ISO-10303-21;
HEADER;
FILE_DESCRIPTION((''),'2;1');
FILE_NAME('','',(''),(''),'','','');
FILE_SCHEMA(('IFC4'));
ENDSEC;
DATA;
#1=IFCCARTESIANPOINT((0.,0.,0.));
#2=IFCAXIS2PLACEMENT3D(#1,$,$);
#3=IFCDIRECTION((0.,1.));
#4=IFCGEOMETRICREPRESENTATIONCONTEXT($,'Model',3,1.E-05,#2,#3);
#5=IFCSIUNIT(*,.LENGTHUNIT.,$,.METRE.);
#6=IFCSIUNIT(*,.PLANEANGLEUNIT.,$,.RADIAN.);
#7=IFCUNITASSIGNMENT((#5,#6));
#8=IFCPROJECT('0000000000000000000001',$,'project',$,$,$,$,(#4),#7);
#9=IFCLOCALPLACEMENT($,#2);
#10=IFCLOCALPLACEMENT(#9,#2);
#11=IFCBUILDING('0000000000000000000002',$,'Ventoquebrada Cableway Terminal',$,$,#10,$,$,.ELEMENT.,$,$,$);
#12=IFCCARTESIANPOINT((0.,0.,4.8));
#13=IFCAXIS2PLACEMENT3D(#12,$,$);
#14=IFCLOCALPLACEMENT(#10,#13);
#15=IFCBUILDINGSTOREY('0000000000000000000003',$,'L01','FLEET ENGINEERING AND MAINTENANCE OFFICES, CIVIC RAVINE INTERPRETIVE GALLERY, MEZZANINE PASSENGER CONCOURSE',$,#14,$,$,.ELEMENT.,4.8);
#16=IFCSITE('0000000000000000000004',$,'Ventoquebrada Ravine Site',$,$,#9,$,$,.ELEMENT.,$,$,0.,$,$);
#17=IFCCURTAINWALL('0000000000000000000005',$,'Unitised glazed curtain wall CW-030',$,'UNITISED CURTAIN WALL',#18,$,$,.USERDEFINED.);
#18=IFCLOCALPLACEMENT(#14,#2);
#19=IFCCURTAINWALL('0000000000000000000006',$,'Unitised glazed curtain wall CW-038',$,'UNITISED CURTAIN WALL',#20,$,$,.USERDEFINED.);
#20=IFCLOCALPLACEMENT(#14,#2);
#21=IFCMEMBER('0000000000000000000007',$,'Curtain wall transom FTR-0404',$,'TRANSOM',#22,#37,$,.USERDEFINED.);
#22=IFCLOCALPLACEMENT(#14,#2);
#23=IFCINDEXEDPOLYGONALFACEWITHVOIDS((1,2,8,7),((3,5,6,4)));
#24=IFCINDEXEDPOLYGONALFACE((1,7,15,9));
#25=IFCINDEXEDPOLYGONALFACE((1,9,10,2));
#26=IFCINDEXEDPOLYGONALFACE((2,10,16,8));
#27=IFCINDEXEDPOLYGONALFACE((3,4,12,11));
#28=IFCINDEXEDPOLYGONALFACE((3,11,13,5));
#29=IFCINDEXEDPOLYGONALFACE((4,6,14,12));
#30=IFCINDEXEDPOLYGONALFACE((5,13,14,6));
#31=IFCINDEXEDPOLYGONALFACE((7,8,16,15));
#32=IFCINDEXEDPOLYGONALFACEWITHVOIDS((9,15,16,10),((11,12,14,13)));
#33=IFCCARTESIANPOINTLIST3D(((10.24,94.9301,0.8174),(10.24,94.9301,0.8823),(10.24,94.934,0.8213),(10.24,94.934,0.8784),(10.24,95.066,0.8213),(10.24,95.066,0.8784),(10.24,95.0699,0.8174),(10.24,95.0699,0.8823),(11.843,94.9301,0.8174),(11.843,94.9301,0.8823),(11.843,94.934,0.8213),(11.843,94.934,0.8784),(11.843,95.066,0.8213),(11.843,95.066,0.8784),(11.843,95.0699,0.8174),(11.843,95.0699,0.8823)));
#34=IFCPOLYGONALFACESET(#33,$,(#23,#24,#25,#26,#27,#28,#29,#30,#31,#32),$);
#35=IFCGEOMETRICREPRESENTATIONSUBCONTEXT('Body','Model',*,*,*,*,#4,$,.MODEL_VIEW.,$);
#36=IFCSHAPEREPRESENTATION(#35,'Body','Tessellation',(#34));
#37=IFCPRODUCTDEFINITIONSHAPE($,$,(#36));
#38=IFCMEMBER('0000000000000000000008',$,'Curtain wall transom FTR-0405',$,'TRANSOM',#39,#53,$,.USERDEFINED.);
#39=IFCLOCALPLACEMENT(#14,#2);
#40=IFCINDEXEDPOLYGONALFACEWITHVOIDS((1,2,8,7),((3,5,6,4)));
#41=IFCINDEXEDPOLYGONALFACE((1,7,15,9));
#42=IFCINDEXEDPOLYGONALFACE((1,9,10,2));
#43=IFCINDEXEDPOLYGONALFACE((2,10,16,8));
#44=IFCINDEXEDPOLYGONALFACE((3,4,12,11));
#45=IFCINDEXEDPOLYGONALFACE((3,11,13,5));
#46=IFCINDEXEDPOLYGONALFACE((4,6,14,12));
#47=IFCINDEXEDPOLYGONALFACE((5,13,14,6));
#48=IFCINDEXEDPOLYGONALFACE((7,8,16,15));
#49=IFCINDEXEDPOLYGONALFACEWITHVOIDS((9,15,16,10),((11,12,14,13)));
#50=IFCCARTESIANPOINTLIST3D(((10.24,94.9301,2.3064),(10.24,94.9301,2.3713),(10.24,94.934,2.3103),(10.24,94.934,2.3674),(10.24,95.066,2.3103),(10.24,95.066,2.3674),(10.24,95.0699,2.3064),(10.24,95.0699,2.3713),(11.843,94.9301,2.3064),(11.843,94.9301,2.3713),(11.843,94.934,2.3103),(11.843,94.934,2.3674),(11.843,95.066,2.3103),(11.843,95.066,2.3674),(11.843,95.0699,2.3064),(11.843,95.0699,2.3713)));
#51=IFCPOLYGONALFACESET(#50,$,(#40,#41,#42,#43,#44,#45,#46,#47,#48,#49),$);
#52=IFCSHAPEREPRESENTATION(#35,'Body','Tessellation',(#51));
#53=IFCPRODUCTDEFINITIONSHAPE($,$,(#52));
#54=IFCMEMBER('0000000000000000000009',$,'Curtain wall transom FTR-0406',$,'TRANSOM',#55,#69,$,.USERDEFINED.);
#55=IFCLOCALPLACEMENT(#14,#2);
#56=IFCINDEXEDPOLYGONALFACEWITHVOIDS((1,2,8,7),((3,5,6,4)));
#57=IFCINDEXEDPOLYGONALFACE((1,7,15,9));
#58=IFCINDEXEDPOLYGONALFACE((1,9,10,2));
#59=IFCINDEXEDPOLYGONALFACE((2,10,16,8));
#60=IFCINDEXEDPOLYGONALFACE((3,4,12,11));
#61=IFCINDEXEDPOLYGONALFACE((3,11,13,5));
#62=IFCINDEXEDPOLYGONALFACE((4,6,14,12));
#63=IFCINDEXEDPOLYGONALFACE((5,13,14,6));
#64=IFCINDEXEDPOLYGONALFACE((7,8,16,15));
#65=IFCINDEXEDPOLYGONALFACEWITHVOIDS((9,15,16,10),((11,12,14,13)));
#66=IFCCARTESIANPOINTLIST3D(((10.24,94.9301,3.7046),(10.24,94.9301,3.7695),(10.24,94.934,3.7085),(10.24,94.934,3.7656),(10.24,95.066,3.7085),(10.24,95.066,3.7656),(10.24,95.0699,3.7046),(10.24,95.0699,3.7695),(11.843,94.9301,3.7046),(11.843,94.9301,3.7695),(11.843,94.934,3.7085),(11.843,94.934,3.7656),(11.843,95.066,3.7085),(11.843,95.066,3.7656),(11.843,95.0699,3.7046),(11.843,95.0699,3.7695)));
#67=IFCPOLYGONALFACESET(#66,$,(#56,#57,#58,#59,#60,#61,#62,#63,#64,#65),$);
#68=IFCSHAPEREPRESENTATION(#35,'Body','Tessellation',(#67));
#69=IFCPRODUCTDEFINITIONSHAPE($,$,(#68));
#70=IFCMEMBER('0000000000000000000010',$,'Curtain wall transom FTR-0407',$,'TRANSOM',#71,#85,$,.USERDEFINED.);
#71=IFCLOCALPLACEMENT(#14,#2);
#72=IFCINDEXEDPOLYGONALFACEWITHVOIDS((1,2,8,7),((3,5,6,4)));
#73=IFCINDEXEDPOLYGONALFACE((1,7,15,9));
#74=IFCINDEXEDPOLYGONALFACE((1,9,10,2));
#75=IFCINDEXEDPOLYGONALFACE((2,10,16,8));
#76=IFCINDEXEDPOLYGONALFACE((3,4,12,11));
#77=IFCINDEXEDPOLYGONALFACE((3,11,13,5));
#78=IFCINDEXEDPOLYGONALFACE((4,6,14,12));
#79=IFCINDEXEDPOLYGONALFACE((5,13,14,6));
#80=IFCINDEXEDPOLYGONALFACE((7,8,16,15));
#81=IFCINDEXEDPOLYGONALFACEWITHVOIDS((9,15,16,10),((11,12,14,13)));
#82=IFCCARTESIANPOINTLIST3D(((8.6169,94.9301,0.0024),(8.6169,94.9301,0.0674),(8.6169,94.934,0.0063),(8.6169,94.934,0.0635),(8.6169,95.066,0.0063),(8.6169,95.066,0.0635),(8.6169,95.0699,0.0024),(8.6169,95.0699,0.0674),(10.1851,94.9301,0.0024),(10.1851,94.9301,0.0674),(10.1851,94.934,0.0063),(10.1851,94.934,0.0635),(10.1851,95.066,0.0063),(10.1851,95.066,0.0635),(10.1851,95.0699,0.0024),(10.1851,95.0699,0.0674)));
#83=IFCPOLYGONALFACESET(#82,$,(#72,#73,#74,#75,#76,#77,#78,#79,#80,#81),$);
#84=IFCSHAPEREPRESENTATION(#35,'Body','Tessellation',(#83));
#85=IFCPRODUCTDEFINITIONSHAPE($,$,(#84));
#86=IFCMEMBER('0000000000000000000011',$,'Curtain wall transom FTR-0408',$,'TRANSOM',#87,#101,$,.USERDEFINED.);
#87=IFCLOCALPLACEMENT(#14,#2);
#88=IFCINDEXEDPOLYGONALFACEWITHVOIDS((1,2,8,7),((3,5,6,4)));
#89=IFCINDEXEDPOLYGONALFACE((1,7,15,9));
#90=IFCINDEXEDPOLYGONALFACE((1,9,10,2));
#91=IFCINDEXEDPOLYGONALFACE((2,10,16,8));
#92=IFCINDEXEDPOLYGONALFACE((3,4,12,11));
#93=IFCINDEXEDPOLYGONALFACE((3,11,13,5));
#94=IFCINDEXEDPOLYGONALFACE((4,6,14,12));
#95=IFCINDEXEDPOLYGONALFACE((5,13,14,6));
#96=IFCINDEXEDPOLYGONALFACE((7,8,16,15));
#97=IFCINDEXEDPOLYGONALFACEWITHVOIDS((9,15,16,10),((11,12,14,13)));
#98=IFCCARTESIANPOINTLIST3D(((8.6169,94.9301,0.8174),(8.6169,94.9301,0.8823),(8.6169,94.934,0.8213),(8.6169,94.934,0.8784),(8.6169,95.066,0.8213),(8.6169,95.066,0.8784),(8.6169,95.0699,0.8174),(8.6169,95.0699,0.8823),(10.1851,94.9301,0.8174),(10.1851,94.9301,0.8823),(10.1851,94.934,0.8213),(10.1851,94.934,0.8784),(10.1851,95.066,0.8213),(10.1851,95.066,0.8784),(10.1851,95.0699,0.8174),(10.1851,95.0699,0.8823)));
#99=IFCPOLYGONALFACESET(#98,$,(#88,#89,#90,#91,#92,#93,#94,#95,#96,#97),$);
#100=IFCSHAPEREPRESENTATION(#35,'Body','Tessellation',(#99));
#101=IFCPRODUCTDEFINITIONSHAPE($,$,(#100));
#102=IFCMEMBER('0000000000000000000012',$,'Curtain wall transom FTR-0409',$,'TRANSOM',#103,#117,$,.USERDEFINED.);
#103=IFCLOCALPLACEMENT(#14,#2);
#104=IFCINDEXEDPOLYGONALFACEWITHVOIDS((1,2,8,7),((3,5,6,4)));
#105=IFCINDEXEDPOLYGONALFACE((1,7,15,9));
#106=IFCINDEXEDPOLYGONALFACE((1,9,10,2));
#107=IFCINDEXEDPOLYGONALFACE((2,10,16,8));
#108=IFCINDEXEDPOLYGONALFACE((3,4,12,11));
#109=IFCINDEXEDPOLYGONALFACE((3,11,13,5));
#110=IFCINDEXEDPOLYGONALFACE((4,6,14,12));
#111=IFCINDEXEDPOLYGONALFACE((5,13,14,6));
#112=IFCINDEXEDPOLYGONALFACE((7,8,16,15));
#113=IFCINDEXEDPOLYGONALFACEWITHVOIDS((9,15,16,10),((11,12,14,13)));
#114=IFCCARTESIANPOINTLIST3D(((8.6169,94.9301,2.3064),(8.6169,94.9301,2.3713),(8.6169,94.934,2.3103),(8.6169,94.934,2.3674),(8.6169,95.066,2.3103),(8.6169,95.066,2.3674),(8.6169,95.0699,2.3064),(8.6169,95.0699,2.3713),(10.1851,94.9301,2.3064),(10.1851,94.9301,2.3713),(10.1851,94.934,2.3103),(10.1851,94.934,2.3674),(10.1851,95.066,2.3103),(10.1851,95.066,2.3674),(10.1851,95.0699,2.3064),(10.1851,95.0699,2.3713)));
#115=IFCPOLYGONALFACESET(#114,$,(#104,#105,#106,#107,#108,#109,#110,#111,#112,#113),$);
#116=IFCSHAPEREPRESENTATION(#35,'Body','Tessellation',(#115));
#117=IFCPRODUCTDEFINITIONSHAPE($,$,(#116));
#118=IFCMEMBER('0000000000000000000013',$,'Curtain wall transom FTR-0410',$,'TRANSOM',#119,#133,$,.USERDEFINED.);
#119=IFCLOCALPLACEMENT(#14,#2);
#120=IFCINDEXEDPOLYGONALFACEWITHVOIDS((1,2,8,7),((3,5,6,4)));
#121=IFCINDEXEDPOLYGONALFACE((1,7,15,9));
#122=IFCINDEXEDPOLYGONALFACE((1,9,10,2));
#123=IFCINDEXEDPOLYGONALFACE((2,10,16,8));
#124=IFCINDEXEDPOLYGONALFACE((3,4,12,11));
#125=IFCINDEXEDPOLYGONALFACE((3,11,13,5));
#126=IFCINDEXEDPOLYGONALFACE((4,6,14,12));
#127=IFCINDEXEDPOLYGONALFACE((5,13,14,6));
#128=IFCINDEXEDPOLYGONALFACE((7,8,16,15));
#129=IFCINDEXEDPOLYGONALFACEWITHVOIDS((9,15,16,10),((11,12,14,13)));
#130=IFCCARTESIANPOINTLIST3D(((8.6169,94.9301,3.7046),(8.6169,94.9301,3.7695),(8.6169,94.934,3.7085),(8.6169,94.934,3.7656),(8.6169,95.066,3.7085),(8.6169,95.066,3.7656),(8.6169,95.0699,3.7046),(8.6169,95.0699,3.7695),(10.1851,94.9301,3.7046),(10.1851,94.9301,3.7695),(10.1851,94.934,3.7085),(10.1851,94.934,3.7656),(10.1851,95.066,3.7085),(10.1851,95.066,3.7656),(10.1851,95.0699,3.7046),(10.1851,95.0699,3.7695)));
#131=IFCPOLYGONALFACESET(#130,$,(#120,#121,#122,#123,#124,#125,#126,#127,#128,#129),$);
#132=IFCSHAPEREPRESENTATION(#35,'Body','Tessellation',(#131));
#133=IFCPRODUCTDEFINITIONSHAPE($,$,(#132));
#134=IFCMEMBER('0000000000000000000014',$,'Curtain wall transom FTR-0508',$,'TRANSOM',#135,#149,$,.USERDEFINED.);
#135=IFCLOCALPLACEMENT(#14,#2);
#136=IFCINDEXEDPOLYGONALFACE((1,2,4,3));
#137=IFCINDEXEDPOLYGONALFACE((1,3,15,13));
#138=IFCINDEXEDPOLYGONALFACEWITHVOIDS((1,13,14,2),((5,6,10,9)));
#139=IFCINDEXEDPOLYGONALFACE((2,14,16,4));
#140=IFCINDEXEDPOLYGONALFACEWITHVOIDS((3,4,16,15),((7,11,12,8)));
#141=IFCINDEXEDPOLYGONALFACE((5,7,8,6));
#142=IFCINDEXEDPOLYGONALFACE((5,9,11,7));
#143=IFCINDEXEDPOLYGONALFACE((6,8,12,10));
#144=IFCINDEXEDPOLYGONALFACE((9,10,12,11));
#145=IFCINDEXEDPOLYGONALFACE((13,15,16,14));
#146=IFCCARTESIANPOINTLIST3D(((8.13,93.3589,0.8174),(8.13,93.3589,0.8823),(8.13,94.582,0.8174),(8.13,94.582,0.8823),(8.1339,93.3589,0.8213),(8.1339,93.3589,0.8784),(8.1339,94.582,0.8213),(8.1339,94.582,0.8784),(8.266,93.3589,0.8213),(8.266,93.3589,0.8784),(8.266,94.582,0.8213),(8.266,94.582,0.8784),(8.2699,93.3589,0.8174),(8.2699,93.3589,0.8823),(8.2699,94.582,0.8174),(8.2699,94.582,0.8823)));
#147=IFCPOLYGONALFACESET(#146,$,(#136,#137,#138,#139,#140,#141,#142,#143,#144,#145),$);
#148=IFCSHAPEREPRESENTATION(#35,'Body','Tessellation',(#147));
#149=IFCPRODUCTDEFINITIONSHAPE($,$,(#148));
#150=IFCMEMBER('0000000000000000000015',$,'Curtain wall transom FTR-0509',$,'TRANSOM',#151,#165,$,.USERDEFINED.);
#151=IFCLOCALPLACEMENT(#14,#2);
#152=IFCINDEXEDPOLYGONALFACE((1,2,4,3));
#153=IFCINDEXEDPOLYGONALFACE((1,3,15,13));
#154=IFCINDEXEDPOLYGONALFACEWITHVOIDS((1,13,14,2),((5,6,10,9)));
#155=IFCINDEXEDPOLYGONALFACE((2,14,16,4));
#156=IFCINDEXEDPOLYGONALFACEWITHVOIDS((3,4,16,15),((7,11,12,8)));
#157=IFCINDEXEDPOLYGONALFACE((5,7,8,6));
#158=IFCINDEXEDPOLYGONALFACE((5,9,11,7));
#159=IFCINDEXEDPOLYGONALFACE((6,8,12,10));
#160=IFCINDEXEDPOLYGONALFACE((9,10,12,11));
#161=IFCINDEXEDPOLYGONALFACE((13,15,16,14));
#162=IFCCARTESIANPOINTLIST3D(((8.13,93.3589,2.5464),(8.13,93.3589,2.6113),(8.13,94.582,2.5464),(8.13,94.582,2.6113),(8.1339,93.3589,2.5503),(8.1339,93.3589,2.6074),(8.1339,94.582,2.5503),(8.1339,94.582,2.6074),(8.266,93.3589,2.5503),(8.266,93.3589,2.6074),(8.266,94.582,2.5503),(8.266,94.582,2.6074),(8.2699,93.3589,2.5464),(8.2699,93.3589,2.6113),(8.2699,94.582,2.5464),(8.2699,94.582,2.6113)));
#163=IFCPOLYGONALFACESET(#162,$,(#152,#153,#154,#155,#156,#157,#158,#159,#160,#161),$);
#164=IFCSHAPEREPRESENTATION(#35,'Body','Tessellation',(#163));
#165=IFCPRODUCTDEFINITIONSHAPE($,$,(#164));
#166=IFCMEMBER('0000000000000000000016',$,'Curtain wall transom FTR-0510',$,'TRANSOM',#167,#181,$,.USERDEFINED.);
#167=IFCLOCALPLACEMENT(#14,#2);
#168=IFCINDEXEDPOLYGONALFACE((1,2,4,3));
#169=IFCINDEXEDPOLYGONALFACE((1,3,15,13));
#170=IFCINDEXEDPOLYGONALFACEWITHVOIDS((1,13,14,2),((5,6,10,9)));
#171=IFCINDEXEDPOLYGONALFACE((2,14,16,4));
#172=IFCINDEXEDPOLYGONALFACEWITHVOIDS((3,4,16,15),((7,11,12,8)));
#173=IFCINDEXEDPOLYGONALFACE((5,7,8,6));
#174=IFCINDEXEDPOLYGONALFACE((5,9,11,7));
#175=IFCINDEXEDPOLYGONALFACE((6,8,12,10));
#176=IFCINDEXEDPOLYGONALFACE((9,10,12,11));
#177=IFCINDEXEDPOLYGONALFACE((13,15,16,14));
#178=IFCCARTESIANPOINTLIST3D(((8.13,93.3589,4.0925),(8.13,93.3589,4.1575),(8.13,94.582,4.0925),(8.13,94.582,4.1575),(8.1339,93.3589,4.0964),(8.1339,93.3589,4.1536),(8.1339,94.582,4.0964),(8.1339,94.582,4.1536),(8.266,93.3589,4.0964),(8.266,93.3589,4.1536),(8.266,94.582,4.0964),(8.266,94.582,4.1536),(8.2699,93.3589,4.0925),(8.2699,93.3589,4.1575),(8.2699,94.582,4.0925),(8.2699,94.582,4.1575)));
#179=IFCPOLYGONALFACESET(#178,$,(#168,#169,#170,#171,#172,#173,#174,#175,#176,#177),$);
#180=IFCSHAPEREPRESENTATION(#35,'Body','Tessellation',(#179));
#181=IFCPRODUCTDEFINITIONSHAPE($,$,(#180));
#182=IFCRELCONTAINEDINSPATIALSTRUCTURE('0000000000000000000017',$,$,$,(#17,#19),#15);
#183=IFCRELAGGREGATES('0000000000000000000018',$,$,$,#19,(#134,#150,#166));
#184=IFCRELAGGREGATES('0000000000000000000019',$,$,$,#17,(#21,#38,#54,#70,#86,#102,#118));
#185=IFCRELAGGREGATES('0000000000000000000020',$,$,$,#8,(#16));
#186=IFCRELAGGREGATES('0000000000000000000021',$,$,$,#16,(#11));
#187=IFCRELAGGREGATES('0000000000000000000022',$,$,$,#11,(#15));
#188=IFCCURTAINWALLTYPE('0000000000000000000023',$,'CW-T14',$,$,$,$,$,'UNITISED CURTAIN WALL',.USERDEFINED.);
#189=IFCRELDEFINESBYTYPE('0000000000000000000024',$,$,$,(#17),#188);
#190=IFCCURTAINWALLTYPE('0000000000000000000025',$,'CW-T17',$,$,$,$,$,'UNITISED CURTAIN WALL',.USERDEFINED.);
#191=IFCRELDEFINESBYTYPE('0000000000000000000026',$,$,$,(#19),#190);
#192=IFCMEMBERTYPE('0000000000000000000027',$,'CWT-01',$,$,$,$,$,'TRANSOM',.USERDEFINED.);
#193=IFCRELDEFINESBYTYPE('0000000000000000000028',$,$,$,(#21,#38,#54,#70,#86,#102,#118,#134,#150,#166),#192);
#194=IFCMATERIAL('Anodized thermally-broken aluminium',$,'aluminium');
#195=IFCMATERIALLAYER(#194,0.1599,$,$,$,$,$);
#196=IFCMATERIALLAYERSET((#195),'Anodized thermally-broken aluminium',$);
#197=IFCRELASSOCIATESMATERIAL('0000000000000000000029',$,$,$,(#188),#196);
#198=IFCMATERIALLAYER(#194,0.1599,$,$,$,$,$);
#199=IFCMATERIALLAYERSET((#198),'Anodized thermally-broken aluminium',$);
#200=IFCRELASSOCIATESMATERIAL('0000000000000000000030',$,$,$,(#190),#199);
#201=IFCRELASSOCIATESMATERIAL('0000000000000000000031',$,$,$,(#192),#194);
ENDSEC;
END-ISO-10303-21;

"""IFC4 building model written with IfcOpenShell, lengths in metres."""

from ifc_helpers import new_model, si_unit, direction, frame, origin, origin_2d, place, context, subcontext, project, spatial, hollow_rectangle, extrude, material, layer, layer_set, material_profile, profile_set, type_object, element, aggregate, save


model = new_model("IFC4")

# Units and contexts
model_context = context("Model", 3, precision=1e-05, world=origin(), true_north=direction((0.0, 1.0)))
body_context = subcontext(model_context, "Body", "Model", "MODEL_VIEW")
ifc_project = project(units=[si_unit("LENGTHUNIT", "METRE"), si_unit("PLANEANGLEUNIT", "RADIAN")], contexts=[model_context])

# Site, building, storey
site_placement = place(None, origin())
site = spatial("IfcSite", under=ifc_project, at=site_placement, Name="Ventoquebrada Ravine Site", CompositionType="ELEMENT", RefElevation=0.0)
building_placement = place(site_placement, origin())
building = spatial("IfcBuilding", under=site, at=building_placement, Name="Ventoquebrada Cableway Terminal", CompositionType="ELEMENT")
storey_placement = place(building_placement, frame((0.0, 0.0, 4.8)))
storey = spatial("IfcBuildingStorey", under=building, at=storey_placement, Name="L01", Description="FLEET ENGINEERING AND MAINTENANCE OFFICES, CIVIC RAVINE INTERPRETIVE GALLERY, MEZZANINE PASSENGER CONCOURSE", CompositionType="ELEMENT", Elevation=4.8)

# Curtain wall
ifc_material_1 = material(Name="Anodized thermally-broken aluminium", Category="aluminium")
ifc_layer_1 = layer(ifc_material_1, 0.1599)
ifc_layer_set_1 = layer_set([ifc_layer_1], Name="Anodized thermally-broken aluminium")
curtain_wall_type_1 = type_object("IfcCurtainWallType", Name="CW-T14", ElementType="UNITISED CURTAIN WALL", PredefinedType="USERDEFINED", material=ifc_layer_set_1)
curtain_wall_1_placement = place(storey_placement, origin())
curtain_wall_1 = element("IfcCurtainWall", 1, at=curtain_wall_1_placement, inside=storey, type_object=curtain_wall_type_1, Name="Unitised glazed curtain wall CW-030", ObjectType="UNITISED CURTAIN WALL", PredefinedType="USERDEFINED")

# Curtain wall
ifc_layer_2 = layer(ifc_material_1, 0.1599)
ifc_layer_set_2 = layer_set([ifc_layer_2], Name="Anodized thermally-broken aluminium")
curtain_wall_type_2 = type_object("IfcCurtainWallType", Name="CW-T17", ElementType="UNITISED CURTAIN WALL", PredefinedType="USERDEFINED", material=ifc_layer_set_2)
curtain_wall_2_placement = place(storey_placement, origin())
curtain_wall_2 = element("IfcCurtainWall", 2, at=curtain_wall_2_placement, inside=storey, type_object=curtain_wall_type_2, Name="Unitised glazed curtain wall CW-038", ObjectType="UNITISED CURTAIN WALL", PredefinedType="USERDEFINED")

# Members
ifc_material_profile_1 = material_profile(ifc_material_1, hollow_rectangle(XDim=0.0649, YDim=0.1399, WallThickness=0.0039, at=origin_2d()), Name="CW-TRN-65X140")
ifc_profile_set_1 = profile_set([ifc_material_profile_1], Name="Anodized thermally-broken aluminium")
member_type_1 = type_object("IfcMemberType", Name="CWT-01", ElementType="TRANSOM", PredefinedType="USERDEFINED", material=ifc_profile_set_1)
member_1_placement = place(storey_placement, frame((11.843, 95.0, 0.8499), z_axis=(-1.0, 0.0, 0.0), x_axis=(0.0, 0.0, 1.0)))
member_1 = element("IfcMember", 3, at=member_1_placement, type_object=member_type_1, Name="Curtain wall transom FTR-0404", ObjectType="TRANSOM", PredefinedType="USERDEFINED", context=body_context, shape_type="SweptSolid", body=[
    extrude(hollow_rectangle(XDim=0.0649, YDim=0.1399, WallThickness=0.0039, at=origin_2d()), origin(), (0.0, 0.0, 1.0), 1.603),
])
member_2_placement = place(storey_placement, frame((11.843, 95.0, 2.3389), z_axis=(-1.0, 0.0, 0.0), x_axis=(0.0, 0.0, 1.0)))
member_2 = element("IfcMember", 4, at=member_2_placement, type_object=member_type_1, Name="Curtain wall transom FTR-0405", ObjectType="TRANSOM", PredefinedType="USERDEFINED", context=body_context, shape_type="SweptSolid", body=[
    extrude(hollow_rectangle(XDim=0.0649, YDim=0.1399, WallThickness=0.0039, at=origin_2d()), origin(), (0.0, 0.0, 1.0), 1.603),
])
member_3_placement = place(storey_placement, frame((11.843, 95.0, 3.7371), z_axis=(-1.0, 0.0, 0.0), x_axis=(0.0, 0.0, 1.0)))
member_3 = element("IfcMember", 5, at=member_3_placement, type_object=member_type_1, Name="Curtain wall transom FTR-0406", ObjectType="TRANSOM", PredefinedType="USERDEFINED", context=body_context, shape_type="SweptSolid", body=[
    extrude(hollow_rectangle(XDim=0.0649, YDim=0.1399, WallThickness=0.0039, at=origin_2d()), origin(), (0.0, 0.0, 1.0), 1.603),
])
member_4_placement = place(storey_placement, frame((10.1851, 95.0, 0.0349), z_axis=(-1.0, 0.0, 0.0), x_axis=(0.0, 0.0, 1.0)))
member_4 = element("IfcMember", 6, at=member_4_placement, type_object=member_type_1, Name="Curtain wall transom FTR-0407", ObjectType="TRANSOM", PredefinedType="USERDEFINED", context=body_context, shape_type="SweptSolid", body=[
    extrude(hollow_rectangle(XDim=0.0649, YDim=0.1399, WallThickness=0.0039, at=origin_2d()), origin(), (0.0, 0.0, 1.0), 1.5681),
])
member_5_placement = place(storey_placement, frame((10.1851, 95.0, 0.8499), z_axis=(-1.0, 0.0, 0.0), x_axis=(0.0, 0.0, 1.0)))
member_5 = element("IfcMember", 7, at=member_5_placement, type_object=member_type_1, Name="Curtain wall transom FTR-0408", ObjectType="TRANSOM", PredefinedType="USERDEFINED", context=body_context, shape_type="SweptSolid", body=[
    extrude(hollow_rectangle(XDim=0.0649, YDim=0.1399, WallThickness=0.0039, at=origin_2d()), origin(), (0.0, 0.0, 1.0), 1.5681),
])
member_6_placement = place(storey_placement, frame((10.1851, 95.0, 2.3389), z_axis=(-1.0, 0.0, 0.0), x_axis=(0.0, 0.0, 1.0)))
member_6 = element("IfcMember", 8, at=member_6_placement, type_object=member_type_1, Name="Curtain wall transom FTR-0409", ObjectType="TRANSOM", PredefinedType="USERDEFINED", context=body_context, shape_type="SweptSolid", body=[
    extrude(hollow_rectangle(XDim=0.0649, YDim=0.1399, WallThickness=0.0039, at=origin_2d()), origin(), (0.0, 0.0, 1.0), 1.5681),
])
member_7_placement = place(storey_placement, frame((10.1851, 95.0, 3.7371), z_axis=(-1.0, 0.0, 0.0), x_axis=(0.0, 0.0, 1.0)))
member_7 = element("IfcMember", 9, at=member_7_placement, type_object=member_type_1, Name="Curtain wall transom FTR-0410", ObjectType="TRANSOM", PredefinedType="USERDEFINED", context=body_context, shape_type="SweptSolid", body=[
    extrude(hollow_rectangle(XDim=0.0649, YDim=0.1399, WallThickness=0.0039, at=origin_2d()), origin(), (0.0, 0.0, 1.0), 1.5681),
])
member_8_placement = place(storey_placement, frame((8.2, 94.582, 0.8499), z_axis=(0.0, -1.0, 0.0), x_axis=(0.0, 0.0, 1.0)))
member_8 = element("IfcMember", 10, at=member_8_placement, type_object=member_type_1, Name="Curtain wall transom FTR-0508", ObjectType="TRANSOM", PredefinedType="USERDEFINED", context=body_context, shape_type="SweptSolid", body=[
    extrude(hollow_rectangle(XDim=0.0649, YDim=0.1399, WallThickness=0.0039, at=origin_2d()), origin(), (0.0, 0.0, 1.0), 1.2231),
])
member_9_placement = place(storey_placement, frame((8.2, 94.582, 2.5789), z_axis=(0.0, -1.0, 0.0), x_axis=(0.0, 0.0, 1.0)))
member_9 = element("IfcMember", 11, at=member_9_placement, type_object=member_type_1, Name="Curtain wall transom FTR-0509", ObjectType="TRANSOM", PredefinedType="USERDEFINED", context=body_context, shape_type="SweptSolid", body=[
    extrude(hollow_rectangle(XDim=0.0649, YDim=0.1399, WallThickness=0.0039, at=origin_2d()), origin(), (0.0, 0.0, 1.0), 1.2231),
])
member_10_placement = place(storey_placement, frame((8.2, 94.582, 4.125), z_axis=(0.0, -1.0, 0.0), x_axis=(0.0, 0.0, 1.0)))
member_10 = element("IfcMember", 12, at=member_10_placement, type_object=member_type_1, Name="Curtain wall transom FTR-0510", ObjectType="TRANSOM", PredefinedType="USERDEFINED", context=body_context, shape_type="SweptSolid", body=[
    extrude(hollow_rectangle(XDim=0.0649, YDim=0.1399, WallThickness=0.0039, at=origin_2d()), origin(), (0.0, 0.0, 1.0), 1.2231),
])
aggregate(curtain_wall_2, [member_8, member_9, member_10])

aggregate(curtain_wall_1, [member_1, member_2, member_3, member_4, member_5, member_6, member_7])

save(model, "model.ifc")
